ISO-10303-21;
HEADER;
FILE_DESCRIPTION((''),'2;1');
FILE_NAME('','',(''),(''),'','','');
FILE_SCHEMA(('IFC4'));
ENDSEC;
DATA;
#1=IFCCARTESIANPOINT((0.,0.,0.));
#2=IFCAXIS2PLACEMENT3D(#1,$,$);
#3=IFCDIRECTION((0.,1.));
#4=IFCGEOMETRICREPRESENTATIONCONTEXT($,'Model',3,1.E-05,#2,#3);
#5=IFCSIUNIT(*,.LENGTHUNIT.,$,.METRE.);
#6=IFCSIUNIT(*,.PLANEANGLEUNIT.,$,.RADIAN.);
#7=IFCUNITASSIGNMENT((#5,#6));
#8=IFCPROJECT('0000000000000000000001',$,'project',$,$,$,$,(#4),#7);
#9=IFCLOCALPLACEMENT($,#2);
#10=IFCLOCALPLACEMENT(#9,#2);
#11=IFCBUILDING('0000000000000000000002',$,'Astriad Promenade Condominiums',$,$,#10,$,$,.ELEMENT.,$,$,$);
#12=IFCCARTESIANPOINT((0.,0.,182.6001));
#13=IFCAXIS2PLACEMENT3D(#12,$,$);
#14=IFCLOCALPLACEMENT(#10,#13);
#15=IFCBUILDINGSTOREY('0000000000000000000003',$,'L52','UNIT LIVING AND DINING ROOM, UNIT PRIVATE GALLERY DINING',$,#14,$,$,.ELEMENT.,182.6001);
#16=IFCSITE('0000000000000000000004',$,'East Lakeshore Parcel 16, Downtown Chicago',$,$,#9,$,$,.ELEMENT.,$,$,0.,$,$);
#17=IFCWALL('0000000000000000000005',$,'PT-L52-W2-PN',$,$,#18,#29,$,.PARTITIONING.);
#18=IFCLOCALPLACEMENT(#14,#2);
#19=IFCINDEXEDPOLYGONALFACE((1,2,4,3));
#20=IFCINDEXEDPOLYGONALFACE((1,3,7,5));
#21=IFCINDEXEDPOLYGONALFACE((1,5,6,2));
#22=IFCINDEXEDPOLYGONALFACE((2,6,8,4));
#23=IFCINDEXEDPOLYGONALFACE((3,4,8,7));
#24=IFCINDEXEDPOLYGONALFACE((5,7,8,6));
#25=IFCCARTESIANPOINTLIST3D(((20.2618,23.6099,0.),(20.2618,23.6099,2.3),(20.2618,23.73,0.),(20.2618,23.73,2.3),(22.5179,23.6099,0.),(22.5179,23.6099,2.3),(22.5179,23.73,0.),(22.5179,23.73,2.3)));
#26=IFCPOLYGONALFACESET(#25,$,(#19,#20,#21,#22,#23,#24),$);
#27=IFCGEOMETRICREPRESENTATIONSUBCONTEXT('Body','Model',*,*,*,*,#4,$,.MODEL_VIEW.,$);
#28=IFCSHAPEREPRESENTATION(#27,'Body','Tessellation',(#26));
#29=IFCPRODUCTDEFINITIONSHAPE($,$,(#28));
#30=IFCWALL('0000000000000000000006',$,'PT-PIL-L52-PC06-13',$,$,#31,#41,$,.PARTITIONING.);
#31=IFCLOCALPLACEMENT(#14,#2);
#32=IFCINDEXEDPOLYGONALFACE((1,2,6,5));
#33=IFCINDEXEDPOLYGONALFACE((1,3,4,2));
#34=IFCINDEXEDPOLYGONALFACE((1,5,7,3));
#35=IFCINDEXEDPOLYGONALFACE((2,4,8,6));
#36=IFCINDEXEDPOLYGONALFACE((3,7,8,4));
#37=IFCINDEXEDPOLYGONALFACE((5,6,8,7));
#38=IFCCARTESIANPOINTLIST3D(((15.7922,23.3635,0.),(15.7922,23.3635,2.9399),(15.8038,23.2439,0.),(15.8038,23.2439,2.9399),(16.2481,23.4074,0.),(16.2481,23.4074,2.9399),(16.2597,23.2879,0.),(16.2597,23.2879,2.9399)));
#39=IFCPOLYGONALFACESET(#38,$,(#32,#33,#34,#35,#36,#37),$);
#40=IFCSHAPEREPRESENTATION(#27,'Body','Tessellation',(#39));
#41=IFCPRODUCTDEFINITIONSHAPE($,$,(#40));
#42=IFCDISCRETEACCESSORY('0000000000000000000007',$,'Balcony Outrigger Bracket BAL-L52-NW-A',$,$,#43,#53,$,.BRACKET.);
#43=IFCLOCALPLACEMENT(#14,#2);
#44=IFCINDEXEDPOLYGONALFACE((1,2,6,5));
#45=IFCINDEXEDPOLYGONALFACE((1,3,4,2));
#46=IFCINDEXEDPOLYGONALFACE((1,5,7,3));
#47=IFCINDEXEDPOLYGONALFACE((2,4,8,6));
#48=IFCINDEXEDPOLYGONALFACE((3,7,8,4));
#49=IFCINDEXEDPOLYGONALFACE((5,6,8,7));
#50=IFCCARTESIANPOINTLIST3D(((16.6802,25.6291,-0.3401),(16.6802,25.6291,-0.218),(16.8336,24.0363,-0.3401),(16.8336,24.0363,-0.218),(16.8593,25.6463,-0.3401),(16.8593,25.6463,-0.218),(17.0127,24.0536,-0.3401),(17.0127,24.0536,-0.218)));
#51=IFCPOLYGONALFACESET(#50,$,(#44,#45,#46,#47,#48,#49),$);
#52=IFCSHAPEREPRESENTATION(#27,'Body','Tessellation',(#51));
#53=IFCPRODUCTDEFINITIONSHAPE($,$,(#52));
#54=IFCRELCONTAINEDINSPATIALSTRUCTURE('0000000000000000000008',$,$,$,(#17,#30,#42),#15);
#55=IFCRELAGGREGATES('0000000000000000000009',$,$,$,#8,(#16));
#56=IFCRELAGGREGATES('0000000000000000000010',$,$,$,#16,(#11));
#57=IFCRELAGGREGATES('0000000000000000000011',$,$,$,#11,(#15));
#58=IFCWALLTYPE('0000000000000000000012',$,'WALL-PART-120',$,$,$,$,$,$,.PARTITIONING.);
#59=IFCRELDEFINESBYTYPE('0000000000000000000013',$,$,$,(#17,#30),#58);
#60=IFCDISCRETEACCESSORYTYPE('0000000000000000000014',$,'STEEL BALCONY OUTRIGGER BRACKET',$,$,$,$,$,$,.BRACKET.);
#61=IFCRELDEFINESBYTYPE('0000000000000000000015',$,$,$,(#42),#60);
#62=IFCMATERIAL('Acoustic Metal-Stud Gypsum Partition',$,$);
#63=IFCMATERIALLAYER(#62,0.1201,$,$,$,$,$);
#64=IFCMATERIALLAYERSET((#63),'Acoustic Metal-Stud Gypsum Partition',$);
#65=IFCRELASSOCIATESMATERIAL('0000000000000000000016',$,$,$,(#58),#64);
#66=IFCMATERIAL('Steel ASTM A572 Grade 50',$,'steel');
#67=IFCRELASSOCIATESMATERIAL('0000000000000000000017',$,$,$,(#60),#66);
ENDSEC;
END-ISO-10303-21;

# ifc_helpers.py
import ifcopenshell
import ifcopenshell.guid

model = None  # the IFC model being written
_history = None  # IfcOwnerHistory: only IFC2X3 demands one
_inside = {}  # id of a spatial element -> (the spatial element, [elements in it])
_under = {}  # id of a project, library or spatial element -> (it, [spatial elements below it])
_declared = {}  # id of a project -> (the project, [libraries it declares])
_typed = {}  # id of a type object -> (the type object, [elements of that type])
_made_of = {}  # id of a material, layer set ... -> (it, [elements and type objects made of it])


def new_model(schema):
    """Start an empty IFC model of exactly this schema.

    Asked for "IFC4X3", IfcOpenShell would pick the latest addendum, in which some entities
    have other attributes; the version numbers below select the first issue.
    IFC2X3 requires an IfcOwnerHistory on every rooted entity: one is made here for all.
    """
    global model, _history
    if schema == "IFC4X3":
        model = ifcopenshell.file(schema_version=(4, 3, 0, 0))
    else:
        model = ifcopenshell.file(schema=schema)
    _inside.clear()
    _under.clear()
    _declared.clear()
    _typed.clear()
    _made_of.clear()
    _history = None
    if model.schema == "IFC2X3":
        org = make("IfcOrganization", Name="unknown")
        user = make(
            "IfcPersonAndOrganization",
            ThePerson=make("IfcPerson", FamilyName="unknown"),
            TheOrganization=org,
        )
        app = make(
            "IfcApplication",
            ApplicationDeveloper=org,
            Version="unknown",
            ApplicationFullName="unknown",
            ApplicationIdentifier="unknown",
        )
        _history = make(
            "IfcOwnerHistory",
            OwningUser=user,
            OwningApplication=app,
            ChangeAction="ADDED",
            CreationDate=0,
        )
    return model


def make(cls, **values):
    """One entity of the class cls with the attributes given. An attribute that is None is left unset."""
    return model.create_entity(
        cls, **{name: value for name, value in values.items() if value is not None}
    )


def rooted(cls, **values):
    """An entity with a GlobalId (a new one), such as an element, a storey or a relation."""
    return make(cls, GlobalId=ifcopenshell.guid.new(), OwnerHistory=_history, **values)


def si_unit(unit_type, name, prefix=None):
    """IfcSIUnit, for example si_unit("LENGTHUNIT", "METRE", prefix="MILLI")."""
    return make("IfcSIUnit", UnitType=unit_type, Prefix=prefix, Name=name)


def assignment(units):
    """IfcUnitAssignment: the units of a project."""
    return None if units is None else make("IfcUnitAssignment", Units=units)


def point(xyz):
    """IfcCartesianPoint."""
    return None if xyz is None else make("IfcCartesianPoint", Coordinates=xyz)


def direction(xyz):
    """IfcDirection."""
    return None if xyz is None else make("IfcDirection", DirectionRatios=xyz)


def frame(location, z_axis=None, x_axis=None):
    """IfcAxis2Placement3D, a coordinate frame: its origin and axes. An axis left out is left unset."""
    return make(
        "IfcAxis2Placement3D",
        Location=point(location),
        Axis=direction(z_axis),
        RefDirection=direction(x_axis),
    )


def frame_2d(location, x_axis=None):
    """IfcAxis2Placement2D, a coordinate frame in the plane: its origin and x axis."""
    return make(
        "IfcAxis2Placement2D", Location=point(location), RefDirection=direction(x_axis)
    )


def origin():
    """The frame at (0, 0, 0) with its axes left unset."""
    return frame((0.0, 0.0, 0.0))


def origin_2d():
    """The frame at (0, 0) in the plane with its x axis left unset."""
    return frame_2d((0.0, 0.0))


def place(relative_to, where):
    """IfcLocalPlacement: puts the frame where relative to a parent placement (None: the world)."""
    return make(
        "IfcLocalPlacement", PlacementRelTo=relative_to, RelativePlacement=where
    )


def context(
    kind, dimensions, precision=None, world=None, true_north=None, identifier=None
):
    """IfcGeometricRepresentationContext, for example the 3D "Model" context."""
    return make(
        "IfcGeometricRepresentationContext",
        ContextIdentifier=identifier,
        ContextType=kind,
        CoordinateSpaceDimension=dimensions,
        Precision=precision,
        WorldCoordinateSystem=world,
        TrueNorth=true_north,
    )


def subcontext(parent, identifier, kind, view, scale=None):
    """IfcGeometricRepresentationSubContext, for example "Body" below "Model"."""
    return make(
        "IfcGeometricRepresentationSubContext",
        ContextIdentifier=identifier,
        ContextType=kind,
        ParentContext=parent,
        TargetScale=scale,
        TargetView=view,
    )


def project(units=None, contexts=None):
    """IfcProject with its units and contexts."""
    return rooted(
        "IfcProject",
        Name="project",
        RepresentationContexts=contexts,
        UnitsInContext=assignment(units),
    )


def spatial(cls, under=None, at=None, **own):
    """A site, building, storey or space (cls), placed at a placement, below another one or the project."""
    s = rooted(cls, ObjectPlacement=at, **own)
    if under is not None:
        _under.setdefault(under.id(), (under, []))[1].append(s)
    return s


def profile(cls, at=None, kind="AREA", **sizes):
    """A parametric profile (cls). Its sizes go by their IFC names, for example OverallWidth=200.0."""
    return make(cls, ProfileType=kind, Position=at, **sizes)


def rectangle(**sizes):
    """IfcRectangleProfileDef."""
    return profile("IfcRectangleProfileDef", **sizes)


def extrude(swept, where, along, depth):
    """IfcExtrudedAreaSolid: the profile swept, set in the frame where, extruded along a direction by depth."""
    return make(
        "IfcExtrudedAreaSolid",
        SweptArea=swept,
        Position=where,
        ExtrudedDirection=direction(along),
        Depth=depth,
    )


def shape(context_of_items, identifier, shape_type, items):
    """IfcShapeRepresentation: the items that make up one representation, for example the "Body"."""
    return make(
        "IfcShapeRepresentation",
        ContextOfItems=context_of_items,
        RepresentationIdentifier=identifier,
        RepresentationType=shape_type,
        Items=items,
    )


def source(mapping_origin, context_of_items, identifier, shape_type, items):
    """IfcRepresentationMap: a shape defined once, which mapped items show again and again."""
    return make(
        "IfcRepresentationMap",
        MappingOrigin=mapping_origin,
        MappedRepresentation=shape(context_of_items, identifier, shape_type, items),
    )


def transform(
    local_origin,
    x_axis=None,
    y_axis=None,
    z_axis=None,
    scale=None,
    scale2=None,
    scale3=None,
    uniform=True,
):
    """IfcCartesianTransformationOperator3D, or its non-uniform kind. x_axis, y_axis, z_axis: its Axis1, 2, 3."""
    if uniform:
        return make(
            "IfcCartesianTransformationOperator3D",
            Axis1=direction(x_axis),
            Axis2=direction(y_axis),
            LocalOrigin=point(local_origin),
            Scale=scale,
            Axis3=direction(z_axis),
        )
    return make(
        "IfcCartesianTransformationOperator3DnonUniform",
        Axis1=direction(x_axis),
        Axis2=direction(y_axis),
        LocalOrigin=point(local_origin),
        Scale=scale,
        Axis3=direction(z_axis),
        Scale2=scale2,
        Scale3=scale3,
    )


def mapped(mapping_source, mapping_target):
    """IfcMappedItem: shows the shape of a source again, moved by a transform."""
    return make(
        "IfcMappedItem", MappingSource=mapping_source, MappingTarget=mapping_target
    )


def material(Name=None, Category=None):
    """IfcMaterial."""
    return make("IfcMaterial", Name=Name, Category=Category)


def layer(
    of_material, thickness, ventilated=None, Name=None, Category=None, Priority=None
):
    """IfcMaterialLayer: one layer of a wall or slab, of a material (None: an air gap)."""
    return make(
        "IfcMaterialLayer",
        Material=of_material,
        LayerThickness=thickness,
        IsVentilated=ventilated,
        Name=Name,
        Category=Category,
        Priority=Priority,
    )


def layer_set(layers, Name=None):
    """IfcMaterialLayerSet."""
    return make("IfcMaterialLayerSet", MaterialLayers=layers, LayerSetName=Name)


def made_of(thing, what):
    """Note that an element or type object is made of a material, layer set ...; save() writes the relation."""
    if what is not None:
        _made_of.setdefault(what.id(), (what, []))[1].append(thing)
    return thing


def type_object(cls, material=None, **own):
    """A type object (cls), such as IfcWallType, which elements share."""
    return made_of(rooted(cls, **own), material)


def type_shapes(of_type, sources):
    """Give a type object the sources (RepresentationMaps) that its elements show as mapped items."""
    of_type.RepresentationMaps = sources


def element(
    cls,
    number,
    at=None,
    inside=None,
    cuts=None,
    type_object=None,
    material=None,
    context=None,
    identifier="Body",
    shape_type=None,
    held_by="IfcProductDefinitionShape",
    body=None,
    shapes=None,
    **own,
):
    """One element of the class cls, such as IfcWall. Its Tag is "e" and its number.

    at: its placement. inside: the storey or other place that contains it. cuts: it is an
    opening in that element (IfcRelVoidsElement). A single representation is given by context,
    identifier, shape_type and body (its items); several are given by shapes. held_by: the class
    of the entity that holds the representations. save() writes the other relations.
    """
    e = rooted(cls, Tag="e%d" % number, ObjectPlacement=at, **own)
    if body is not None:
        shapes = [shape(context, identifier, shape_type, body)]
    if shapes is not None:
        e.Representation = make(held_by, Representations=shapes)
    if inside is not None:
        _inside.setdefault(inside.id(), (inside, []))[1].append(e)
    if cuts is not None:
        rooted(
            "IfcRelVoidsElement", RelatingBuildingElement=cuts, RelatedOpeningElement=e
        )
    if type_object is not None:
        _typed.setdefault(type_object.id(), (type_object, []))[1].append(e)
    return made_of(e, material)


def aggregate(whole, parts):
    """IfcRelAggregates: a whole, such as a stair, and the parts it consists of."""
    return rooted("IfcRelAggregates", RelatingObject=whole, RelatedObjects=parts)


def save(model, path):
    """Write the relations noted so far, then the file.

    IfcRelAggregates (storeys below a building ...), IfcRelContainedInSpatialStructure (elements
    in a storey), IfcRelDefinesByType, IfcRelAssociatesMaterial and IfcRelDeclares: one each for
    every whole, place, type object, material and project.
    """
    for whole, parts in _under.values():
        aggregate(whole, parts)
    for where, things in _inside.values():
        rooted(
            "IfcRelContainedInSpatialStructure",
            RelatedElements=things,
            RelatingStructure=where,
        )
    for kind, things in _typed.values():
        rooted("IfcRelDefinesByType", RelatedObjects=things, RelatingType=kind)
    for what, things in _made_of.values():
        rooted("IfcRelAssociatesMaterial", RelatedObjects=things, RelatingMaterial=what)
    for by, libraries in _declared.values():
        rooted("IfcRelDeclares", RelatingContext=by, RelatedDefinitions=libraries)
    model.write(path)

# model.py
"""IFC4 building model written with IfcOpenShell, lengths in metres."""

from ifc_helpers import new_model, si_unit, direction, frame, frame_2d, origin, origin_2d, place, context, subcontext, project, spatial, rectangle, extrude, source, transform, mapped, material, layer, layer_set, type_object, type_shapes, element, save


model = new_model("IFC4")

# Units and contexts
model_context = context("Model", 3, precision=1e-05, world=origin(), true_north=direction((0.0, 1.0)))
body_context = subcontext(model_context, "Body", "Model", "MODEL_VIEW")
ifc_project = project(units=[si_unit("LENGTHUNIT", "METRE"), si_unit("PLANEANGLEUNIT", "RADIAN")], contexts=[model_context])

# Site, building, storey
site_placement = place(None, origin())
site = spatial("IfcSite", under=ifc_project, at=site_placement, Name="East Lakeshore Parcel 16, Downtown Chicago", CompositionType="ELEMENT", RefElevation=0.0)
building_placement = place(site_placement, origin())
building = spatial("IfcBuilding", under=site, at=building_placement, Name="Astriad Promenade Condominiums", CompositionType="ELEMENT")
storey_placement = place(building_placement, frame((0.0, 0.0, 182.6001)))
storey = spatial("IfcBuildingStorey", under=building, at=storey_placement, Name="L52", Description="UNIT LIVING AND DINING ROOM, UNIT PRIVATE GALLERY DINING", CompositionType="ELEMENT", Elevation=182.6001)

# Shared definitions
ifc_material_1 = material(Name="Acoustic Metal-Stud Gypsum Partition")
ifc_layer_1 = layer(ifc_material_1, 0.1201)
ifc_layer_set_1 = layer_set([ifc_layer_1], Name="Acoustic Metal-Stud Gypsum Partition")
wall_type_1 = type_object("IfcWallType", Name="WALL-PART-120", PredefinedType="PARTITIONING", material=ifc_layer_set_1)

# Walls
wall_1_placement = place(storey_placement, frame((20.262, 23.6699, 0.0), z_axis=(0.0, 0.0, 1.0), x_axis=(1.0, 0.0, 0.0)))
element("IfcWall", 1, at=wall_1_placement, inside=storey, type_object=wall_type_1, Name="PT-L52-W2-PN", PredefinedType="PARTITIONING", context=body_context, shape_type="SweptSolid", body=[
    extrude(rectangle(XDim=2.2561, YDim=0.1201, at=frame_2d((1.1279, 0.0))), origin(), (0.0, 0.0, 1.0), 2.3),
])
wall_2_placement = place(storey_placement, frame((16.2539, 23.3477, 0.0), z_axis=(0.0, 0.0, 1.0), x_axis=(-0.995385, -0.095966, 0.0)))
element("IfcWall", 2, at=wall_2_placement, inside=storey, type_object=wall_type_1, Name="PT-PIL-L52-PC06-13", PredefinedType="PARTITIONING", context=body_context, shape_type="SweptSolid", body=[
    extrude(rectangle(XDim=0.458, YDim=0.1201, at=frame_2d((0.229, 0.0))), origin(), (0.0, 0.0, 1.0), 2.9399),
])

# Discrete accessory
ifc_material_2 = material(Name="Steel ASTM A572 Grade 50", Category="steel")
discrete_accessory_type = type_object("IfcDiscreteAccessoryType", Name="STEEL BALCONY OUTRIGGER BRACKET", PredefinedType="BRACKET", material=ifc_material_2)
shared_shape_1 = source(origin(), body_context, "Body", "SweptSolid", [
    extrude(rectangle(XDim=1.6001, YDim=0.1799, at=origin_2d()), origin(), (0.0, 0.0, 1.0), 0.1221),
])
type_shapes(discrete_accessory_type, [shared_shape_1])
discrete_accessory_placement = place(storey_placement, frame((16.8464, 24.8413, -0.3401), z_axis=(0.0, 0.0, 1.0), x_axis=(-0.095846, 0.995396, 0.0)))
element("IfcDiscreteAccessory", 3, at=discrete_accessory_placement, inside=storey, type_object=discrete_accessory_type, Name="Balcony Outrigger Bracket BAL-L52-NW-A", PredefinedType="BRACKET", context=body_context, shape_type="MappedRepresentation", body=[
    mapped(shared_shape_1, transform((0.0, 0.0, 0.0), scale=1.0)),
])

save(model, "model.ifc")
